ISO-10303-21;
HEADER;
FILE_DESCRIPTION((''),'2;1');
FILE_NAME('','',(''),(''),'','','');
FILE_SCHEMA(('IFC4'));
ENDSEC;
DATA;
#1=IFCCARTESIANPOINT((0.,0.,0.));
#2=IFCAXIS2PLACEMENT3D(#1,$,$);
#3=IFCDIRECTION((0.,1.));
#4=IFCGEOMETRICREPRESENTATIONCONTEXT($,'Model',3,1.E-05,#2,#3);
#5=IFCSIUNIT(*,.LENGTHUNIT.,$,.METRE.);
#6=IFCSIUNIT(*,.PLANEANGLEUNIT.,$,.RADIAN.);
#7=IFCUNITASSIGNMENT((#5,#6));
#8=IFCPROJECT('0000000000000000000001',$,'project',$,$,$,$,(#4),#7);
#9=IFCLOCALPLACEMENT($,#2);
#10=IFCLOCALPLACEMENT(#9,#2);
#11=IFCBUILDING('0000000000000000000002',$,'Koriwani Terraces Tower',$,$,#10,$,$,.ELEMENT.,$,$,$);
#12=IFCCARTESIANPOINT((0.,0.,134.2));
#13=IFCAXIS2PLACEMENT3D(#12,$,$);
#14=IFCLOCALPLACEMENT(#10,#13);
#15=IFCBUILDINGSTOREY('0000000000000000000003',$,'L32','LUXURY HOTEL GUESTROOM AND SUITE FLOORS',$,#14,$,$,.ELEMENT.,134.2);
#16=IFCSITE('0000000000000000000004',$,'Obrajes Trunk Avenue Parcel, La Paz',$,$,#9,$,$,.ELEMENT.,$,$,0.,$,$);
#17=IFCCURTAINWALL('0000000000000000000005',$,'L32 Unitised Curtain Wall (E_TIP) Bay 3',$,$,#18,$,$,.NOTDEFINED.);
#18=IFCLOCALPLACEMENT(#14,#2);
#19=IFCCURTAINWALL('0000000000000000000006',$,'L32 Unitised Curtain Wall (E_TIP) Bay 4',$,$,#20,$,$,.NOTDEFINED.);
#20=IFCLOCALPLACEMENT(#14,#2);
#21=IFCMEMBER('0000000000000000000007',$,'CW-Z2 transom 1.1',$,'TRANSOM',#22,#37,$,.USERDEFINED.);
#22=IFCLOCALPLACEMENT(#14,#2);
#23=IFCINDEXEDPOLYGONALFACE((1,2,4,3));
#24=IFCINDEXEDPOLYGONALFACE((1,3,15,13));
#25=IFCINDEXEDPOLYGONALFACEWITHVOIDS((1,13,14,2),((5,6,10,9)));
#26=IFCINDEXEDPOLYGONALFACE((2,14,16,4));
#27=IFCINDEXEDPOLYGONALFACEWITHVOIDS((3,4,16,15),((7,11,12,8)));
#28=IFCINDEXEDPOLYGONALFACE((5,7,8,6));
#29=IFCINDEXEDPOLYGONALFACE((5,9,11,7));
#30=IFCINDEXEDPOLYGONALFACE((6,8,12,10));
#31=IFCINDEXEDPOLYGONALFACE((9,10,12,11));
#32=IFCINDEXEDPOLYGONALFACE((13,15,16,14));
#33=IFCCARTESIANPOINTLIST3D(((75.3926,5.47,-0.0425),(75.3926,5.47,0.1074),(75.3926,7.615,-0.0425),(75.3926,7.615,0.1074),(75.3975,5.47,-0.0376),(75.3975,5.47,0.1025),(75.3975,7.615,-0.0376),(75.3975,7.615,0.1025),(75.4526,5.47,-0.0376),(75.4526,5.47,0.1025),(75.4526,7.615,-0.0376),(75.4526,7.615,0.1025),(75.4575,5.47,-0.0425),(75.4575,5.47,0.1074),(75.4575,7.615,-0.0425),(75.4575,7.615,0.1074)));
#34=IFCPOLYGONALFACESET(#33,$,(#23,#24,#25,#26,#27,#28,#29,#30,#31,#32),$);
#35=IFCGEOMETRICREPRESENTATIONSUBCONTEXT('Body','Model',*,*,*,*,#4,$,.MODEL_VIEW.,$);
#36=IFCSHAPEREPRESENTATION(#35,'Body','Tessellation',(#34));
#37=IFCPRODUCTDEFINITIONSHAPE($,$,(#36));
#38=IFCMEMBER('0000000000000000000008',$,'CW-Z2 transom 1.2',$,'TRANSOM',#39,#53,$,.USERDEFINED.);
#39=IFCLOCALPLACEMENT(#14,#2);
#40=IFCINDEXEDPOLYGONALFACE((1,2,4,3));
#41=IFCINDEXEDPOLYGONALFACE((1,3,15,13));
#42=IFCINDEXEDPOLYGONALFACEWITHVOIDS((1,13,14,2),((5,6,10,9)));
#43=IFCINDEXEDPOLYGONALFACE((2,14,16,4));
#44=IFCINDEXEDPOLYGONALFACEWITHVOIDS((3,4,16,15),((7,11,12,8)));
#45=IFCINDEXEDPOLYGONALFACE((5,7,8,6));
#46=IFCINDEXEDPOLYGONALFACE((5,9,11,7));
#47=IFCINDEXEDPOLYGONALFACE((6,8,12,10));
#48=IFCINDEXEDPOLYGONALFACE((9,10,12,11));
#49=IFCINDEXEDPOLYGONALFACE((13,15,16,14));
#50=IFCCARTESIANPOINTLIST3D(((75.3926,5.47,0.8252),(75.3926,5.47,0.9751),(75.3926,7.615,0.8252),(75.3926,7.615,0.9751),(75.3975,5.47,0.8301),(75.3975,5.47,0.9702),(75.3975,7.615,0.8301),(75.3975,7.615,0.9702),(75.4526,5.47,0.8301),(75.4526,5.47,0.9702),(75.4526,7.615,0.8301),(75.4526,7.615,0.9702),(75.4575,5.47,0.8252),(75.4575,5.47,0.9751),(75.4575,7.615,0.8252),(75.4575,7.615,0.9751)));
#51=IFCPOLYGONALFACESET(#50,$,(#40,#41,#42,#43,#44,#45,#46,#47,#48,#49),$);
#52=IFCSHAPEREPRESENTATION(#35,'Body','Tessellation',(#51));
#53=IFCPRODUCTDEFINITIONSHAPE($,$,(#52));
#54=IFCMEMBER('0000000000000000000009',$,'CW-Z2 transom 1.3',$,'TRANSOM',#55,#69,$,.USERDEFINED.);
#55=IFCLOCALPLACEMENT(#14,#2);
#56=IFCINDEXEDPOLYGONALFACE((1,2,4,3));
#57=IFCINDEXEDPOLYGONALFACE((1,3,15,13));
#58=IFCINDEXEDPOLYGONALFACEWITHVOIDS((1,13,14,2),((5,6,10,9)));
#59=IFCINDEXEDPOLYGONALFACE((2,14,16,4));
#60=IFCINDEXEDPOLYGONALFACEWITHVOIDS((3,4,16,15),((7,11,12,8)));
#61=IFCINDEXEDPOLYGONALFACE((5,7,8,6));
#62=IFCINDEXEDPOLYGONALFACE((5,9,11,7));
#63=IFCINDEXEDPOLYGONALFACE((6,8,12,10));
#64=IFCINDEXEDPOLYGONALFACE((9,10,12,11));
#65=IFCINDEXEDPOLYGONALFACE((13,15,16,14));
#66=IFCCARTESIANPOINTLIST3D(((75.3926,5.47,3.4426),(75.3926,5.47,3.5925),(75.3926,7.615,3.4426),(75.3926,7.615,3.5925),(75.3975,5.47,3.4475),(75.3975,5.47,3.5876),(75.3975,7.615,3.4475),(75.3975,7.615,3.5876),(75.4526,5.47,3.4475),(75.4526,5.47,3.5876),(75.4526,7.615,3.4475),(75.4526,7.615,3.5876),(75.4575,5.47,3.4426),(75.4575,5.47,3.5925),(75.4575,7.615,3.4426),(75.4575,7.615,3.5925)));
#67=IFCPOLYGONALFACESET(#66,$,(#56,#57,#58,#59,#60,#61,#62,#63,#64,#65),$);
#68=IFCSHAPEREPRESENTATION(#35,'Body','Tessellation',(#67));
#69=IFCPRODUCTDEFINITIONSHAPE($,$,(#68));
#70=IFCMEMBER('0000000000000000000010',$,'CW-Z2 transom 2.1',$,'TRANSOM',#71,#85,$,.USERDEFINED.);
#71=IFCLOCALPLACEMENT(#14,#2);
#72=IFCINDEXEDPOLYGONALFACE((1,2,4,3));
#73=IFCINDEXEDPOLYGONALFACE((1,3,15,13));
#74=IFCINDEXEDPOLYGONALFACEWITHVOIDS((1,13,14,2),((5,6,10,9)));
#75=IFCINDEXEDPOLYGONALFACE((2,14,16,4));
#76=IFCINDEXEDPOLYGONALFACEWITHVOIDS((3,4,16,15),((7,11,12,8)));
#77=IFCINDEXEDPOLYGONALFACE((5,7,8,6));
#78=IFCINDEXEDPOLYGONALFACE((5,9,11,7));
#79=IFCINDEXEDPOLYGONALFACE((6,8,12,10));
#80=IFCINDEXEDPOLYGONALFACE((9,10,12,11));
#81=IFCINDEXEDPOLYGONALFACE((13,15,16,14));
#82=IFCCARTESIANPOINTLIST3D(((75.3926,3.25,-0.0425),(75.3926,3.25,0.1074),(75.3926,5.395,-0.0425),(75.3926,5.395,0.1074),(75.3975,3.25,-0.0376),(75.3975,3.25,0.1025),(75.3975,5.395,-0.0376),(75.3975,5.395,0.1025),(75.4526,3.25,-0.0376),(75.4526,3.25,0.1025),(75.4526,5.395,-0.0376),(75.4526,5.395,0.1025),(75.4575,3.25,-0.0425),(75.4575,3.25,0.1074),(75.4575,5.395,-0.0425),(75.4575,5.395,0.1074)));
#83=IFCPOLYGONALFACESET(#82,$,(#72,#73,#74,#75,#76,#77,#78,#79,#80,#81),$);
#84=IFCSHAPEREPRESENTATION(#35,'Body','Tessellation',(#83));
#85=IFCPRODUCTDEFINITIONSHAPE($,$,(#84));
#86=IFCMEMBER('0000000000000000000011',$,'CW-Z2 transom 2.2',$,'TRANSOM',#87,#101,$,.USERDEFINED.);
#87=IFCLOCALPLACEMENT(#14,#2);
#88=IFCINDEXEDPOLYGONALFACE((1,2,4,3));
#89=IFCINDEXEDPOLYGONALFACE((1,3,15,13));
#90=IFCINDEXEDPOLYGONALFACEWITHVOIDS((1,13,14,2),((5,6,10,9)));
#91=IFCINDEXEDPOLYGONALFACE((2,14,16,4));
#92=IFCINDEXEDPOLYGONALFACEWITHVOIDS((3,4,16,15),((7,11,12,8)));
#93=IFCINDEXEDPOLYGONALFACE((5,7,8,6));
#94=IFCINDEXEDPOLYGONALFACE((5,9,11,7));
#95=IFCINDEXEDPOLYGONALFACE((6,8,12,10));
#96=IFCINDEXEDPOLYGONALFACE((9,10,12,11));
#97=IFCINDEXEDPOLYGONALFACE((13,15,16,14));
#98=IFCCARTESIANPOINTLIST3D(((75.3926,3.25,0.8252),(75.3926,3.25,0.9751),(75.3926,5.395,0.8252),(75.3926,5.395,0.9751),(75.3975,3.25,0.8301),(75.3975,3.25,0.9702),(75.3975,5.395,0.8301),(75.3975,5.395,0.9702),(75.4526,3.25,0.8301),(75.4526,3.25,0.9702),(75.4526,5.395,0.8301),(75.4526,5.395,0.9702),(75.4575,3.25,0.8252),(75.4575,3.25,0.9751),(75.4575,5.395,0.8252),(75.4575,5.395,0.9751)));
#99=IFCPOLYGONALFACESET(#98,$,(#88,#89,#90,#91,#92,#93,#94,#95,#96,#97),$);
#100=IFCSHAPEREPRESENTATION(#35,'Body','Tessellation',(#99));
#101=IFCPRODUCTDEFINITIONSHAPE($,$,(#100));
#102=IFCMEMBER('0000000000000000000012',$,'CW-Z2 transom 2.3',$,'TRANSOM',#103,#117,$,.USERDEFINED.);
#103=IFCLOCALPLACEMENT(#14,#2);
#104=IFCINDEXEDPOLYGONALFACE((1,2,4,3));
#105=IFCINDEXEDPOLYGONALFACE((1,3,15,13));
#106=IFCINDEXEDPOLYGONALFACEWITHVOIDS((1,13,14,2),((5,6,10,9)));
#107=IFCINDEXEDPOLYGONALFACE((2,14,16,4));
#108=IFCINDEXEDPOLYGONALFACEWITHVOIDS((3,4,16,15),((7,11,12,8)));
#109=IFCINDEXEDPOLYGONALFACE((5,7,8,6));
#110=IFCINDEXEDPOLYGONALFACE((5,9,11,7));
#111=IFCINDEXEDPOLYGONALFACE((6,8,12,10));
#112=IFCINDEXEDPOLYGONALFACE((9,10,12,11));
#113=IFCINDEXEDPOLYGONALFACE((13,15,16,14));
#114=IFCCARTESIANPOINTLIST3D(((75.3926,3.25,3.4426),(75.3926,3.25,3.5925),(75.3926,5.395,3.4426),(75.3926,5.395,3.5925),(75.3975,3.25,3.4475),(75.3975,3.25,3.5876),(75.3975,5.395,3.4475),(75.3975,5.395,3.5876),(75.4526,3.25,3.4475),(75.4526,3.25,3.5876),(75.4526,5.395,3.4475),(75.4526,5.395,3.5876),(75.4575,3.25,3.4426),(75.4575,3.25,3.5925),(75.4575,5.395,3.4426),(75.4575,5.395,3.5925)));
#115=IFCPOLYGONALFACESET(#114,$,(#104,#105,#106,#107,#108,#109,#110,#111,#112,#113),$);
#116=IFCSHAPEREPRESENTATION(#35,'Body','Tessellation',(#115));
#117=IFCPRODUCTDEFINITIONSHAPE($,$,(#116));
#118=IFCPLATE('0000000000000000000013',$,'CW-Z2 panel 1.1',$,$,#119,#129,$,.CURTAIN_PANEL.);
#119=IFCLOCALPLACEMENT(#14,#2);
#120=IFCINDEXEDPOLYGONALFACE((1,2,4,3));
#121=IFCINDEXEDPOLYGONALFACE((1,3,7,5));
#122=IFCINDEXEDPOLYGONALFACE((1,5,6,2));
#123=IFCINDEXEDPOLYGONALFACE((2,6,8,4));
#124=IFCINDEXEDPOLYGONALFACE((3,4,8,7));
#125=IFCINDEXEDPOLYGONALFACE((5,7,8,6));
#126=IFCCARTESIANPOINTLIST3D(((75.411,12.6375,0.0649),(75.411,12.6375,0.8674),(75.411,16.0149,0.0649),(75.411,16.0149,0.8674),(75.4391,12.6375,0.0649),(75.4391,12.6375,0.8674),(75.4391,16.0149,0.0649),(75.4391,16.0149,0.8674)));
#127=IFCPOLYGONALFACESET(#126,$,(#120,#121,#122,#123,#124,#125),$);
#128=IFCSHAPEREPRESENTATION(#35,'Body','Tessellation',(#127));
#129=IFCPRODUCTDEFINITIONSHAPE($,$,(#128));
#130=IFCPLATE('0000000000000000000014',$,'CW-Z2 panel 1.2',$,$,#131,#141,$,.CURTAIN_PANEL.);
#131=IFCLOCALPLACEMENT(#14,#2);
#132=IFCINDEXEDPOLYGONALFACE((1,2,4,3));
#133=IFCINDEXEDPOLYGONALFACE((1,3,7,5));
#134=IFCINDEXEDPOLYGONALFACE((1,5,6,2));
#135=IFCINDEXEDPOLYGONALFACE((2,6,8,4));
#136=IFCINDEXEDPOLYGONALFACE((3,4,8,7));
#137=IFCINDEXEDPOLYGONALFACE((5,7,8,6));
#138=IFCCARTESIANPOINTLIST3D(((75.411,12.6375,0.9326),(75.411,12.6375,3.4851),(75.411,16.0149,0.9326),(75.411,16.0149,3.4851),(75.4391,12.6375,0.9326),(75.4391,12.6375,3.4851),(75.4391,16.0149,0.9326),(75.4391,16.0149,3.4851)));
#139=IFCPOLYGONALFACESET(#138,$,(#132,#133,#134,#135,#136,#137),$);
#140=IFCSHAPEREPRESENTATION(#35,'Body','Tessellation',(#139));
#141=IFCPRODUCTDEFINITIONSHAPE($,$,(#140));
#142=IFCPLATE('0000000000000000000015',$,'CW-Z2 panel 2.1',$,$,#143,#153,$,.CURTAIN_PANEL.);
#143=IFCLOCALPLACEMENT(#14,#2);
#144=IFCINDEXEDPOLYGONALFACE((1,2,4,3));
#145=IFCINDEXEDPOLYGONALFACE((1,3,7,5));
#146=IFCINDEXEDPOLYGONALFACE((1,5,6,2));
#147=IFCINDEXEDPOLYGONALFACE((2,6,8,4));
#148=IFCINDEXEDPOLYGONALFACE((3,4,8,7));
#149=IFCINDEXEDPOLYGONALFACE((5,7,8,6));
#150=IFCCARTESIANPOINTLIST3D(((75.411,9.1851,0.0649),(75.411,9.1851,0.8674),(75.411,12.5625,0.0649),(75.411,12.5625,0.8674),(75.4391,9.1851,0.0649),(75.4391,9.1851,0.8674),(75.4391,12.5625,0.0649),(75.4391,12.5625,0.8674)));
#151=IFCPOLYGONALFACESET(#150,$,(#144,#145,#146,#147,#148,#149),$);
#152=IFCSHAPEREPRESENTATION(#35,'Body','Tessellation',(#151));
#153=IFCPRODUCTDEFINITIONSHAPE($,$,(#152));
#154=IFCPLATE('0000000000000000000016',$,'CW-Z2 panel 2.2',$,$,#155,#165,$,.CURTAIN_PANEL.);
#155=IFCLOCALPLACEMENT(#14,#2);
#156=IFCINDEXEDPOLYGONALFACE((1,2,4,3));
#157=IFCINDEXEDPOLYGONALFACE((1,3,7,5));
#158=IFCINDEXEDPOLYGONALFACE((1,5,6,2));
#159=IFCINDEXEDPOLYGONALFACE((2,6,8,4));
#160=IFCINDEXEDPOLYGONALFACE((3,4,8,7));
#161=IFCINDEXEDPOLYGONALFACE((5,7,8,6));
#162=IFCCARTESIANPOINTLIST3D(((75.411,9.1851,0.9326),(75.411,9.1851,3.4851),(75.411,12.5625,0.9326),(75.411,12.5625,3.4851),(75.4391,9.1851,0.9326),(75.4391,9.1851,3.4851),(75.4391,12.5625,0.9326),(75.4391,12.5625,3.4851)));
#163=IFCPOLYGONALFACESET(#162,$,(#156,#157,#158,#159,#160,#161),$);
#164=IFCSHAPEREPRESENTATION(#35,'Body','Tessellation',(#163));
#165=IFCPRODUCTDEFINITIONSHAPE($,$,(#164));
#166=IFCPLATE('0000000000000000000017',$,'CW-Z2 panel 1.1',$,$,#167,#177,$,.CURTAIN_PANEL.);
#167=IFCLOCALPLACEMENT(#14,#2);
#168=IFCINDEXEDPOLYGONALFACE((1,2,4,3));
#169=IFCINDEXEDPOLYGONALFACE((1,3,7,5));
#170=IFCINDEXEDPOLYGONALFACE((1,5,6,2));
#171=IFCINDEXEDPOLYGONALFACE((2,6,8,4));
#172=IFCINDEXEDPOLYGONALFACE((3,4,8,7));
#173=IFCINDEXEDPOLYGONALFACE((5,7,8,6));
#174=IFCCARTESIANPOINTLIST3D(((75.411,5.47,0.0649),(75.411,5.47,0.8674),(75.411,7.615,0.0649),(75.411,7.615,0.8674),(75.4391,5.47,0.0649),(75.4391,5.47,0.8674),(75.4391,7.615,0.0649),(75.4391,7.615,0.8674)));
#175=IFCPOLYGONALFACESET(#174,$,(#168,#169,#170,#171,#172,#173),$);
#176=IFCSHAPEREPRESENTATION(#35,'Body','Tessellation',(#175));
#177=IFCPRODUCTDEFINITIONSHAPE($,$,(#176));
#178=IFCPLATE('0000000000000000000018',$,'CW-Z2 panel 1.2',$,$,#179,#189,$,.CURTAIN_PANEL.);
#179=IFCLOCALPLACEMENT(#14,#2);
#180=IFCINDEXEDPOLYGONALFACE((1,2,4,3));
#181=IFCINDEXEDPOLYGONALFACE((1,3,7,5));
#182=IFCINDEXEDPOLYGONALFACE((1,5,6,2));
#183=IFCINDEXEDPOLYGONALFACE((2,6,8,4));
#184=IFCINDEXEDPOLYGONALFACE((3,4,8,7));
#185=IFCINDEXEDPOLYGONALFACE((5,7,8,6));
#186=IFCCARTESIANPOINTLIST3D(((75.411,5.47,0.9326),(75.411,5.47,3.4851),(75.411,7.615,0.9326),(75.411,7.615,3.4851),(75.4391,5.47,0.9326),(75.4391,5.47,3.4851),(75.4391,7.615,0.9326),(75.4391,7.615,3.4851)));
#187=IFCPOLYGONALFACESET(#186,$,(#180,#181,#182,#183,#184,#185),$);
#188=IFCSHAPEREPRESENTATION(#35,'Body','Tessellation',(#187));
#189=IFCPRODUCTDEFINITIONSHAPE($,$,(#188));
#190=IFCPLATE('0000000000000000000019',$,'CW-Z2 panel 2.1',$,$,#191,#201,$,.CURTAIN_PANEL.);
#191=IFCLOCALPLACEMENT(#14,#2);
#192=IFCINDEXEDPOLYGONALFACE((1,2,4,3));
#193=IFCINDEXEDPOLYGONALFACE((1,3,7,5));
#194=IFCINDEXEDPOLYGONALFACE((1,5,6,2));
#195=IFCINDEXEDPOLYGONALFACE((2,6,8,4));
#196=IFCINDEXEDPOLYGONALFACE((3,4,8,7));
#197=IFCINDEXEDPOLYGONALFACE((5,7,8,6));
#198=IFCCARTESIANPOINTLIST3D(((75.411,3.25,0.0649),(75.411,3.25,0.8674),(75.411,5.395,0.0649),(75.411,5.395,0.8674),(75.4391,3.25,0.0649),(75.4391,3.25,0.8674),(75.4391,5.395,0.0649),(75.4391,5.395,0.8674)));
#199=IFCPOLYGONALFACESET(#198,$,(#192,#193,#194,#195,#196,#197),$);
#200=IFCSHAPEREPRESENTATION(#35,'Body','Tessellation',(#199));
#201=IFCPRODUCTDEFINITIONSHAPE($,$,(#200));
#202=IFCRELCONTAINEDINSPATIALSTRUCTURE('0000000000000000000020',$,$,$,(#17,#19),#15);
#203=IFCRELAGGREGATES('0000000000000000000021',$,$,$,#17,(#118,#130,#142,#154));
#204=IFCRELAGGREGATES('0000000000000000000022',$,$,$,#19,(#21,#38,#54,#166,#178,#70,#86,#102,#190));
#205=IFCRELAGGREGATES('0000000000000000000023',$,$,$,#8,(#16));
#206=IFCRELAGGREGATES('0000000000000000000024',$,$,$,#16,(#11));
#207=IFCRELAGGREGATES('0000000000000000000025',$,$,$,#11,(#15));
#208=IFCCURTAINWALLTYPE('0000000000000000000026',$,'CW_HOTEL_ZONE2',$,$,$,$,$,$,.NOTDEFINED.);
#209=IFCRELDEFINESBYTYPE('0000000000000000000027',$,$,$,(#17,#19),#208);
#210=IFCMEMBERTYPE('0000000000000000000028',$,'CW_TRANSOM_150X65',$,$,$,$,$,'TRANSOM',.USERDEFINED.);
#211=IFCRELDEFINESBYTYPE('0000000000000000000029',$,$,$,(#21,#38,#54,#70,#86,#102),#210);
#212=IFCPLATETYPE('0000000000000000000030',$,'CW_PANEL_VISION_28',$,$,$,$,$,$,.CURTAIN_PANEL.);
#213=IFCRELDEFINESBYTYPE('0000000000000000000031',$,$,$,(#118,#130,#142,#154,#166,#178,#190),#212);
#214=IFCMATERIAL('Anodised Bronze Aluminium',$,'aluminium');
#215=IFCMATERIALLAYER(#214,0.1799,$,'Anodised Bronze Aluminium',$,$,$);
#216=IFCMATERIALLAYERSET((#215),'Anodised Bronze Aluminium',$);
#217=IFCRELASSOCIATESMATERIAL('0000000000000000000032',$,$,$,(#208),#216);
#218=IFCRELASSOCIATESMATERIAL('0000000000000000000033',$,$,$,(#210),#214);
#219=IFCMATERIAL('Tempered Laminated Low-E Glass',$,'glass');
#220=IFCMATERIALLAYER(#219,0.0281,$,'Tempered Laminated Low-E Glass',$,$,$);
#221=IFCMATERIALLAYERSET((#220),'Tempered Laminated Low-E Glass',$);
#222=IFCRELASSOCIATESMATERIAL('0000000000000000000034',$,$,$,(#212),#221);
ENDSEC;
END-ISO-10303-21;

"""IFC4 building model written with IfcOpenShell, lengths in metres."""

from ifc_helpers import new_model, si_unit, direction, frame, origin, origin_2d, place, context, subcontext, project, spatial, rectangle, hollow_rectangle, extrude, material, layer, layer_set, material_profile, profile_set, type_object, element, aggregate, save


model = new_model("IFC4")

# Units and contexts
model_context = context("Model", 3, precision=1e-05, world=origin(), true_north=direction((0.0, 1.0)))
body_context = subcontext(model_context, "Body", "Model", "MODEL_VIEW")
ifc_project = project(units=[si_unit("LENGTHUNIT", "METRE"), si_unit("PLANEANGLEUNIT", "RADIAN")], contexts=[model_context])

# Site, building, storey
site_placement = place(None, origin())
site = spatial("IfcSite", under=ifc_project, at=site_placement, Name="Obrajes Trunk Avenue Parcel, La Paz", CompositionType="ELEMENT", RefElevation=0.0)
building_placement = place(site_placement, origin())
building = spatial("IfcBuilding", under=site, at=building_placement, Name="Koriwani Terraces Tower", CompositionType="ELEMENT")
storey_placement = place(building_placement, frame((0.0, 0.0, 134.2)))
storey = spatial("IfcBuildingStorey", under=building, at=storey_placement, Name="L32", Description="LUXURY HOTEL GUESTROOM AND SUITE FLOORS", CompositionType="ELEMENT", Elevation=134.2)

# Curtain walls
ifc_material_1 = material(Name="Anodised Bronze Aluminium", Category="aluminium")
ifc_layer_1 = layer(ifc_material_1, 0.1799, Name="Anodised Bronze Aluminium")
ifc_layer_set_1 = layer_set([ifc_layer_1], Name="Anodised Bronze Aluminium")
curtain_wall_type = type_object("IfcCurtainWallType", Name="CW_HOTEL_ZONE2", PredefinedType="NOTDEFINED", material=ifc_layer_set_1)
curtain_wall_1_placement = place(storey_placement, origin())
curtain_wall_1 = element("IfcCurtainWall", 1, at=curtain_wall_1_placement, inside=storey, type_object=curtain_wall_type, Name="L32 Unitised Curtain Wall (E_TIP) Bay 3", PredefinedType="NOTDEFINED")
curtain_wall_2_placement = place(storey_placement, origin())
curtain_wall_2 = element("IfcCurtainWall", 2, at=curtain_wall_2_placement, inside=storey, type_object=curtain_wall_type, Name="L32 Unitised Curtain Wall (E_TIP) Bay 4", PredefinedType="NOTDEFINED")

# Members
ifc_material_profile_1 = material_profile(ifc_material_1, hollow_rectangle(XDim=0.0649, YDim=0.1499, WallThickness=0.0049, at=origin_2d()), Name="Anodised Bronze Aluminium", Category="LoadBearing")
ifc_profile_set_1 = profile_set([ifc_material_profile_1], Name="Anodised Bronze Aluminium")
member_type_1 = type_object("IfcMemberType", Name="CW_TRANSOM_150X65", ElementType="TRANSOM", PredefinedType="USERDEFINED", material=ifc_profile_set_1)
member_1_placement = place(storey_placement, frame((75.425, 7.615, 0.0325), z_axis=(0.0, -1.0, 0.0), x_axis=(1.0, 0.0, 0.0)))
member_1 = element("IfcMember", 3, at=member_1_placement, type_object=member_type_1, Name="CW-Z2 transom 1.1", ObjectType="TRANSOM", PredefinedType="USERDEFINED", context=body_context, shape_type="SweptSolid", body=[
    extrude(hollow_rectangle(XDim=0.0649, YDim=0.1499, WallThickness=0.0049, at=origin_2d()), origin(), (0.0, 0.0, 1.0), 2.145),
])
member_2_placement = place(storey_placement, frame((75.425, 7.615, 0.9001), z_axis=(0.0, -1.0, 0.0), x_axis=(1.0, 0.0, 0.0)))
member_2 = element("IfcMember", 4, at=member_2_placement, type_object=member_type_1, Name="CW-Z2 transom 1.2", ObjectType="TRANSOM", PredefinedType="USERDEFINED", context=body_context, shape_type="SweptSolid", body=[
    extrude(hollow_rectangle(XDim=0.0649, YDim=0.1499, WallThickness=0.0049, at=origin_2d()), origin(), (0.0, 0.0, 1.0), 2.145),
])
member_3_placement = place(storey_placement, frame((75.425, 7.615, 3.5176), z_axis=(0.0, -1.0, 0.0), x_axis=(1.0, 0.0, 0.0)))
member_3 = element("IfcMember", 5, at=member_3_placement, type_object=member_type_1, Name="CW-Z2 transom 1.3", ObjectType="TRANSOM", PredefinedType="USERDEFINED", context=body_context, shape_type="SweptSolid", body=[
    extrude(hollow_rectangle(XDim=0.0649, YDim=0.1499, WallThickness=0.0049, at=origin_2d()), origin(), (0.0, 0.0, 1.0), 2.145),
])
member_4_placement = place(storey_placement, frame((75.425, 5.395, 0.0325), z_axis=(0.0, -1.0, 0.0), x_axis=(1.0, 0.0, 0.0)))
member_4 = element("IfcMember", 6, at=member_4_placement, type_object=member_type_1, Name="CW-Z2 transom 2.1", ObjectType="TRANSOM", PredefinedType="USERDEFINED", context=body_context, shape_type="SweptSolid", body=[
    extrude(hollow_rectangle(XDim=0.0649, YDim=0.1499, WallThickness=0.0049, at=origin_2d()), origin(), (0.0, 0.0, 1.0), 2.145),
])
member_5_placement = place(storey_placement, frame((75.425, 5.395, 0.9001), z_axis=(0.0, -1.0, 0.0), x_axis=(1.0, 0.0, 0.0)))
member_5 = element("IfcMember", 7, at=member_5_placement, type_object=member_type_1, Name="CW-Z2 transom 2.2", ObjectType="TRANSOM", PredefinedType="USERDEFINED", context=body_context, shape_type="SweptSolid", body=[
    extrude(hollow_rectangle(XDim=0.0649, YDim=0.1499, WallThickness=0.0049, at=origin_2d()), origin(), (0.0, 0.0, 1.0), 2.145),
])
member_6_placement = place(storey_placement, frame((75.425, 5.395, 3.5176), z_axis=(0.0, -1.0, 0.0), x_axis=(1.0, 0.0, 0.0)))
member_6 = element("IfcMember", 8, at=member_6_placement, type_object=member_type_1, Name="CW-Z2 transom 2.3", ObjectType="TRANSOM", PredefinedType="USERDEFINED", context=body_context, shape_type="SweptSolid", body=[
    extrude(hollow_rectangle(XDim=0.0649, YDim=0.1499, WallThickness=0.0049, at=origin_2d()), origin(), (0.0, 0.0, 1.0), 2.145),
])

# Plates
ifc_material_2 = material(Name="Tempered Laminated Low-E Glass", Category="glass")
ifc_layer_2 = layer(ifc_material_2, 0.0281, Name="Tempered Laminated Low-E Glass")
ifc_layer_set_2 = layer_set([ifc_layer_2], Name="Tempered Laminated Low-E Glass")
plate_type = type_object("IfcPlateType", Name="CW_PANEL_VISION_28", PredefinedType="CURTAIN_PANEL", material=ifc_layer_set_2)
plate_1_placement = place(storey_placement, frame((75.425, 14.3262, 0.0649), z_axis=(0.0, 0.0, 1.0), x_axis=(0.0, -1.0, 0.0)))
plate_1 = element("IfcPlate", 9, at=plate_1_placement, type_object=plate_type, Name="CW-Z2 panel 1.1", PredefinedType="CURTAIN_PANEL", context=body_context, shape_type="SweptSolid", body=[
    extrude(rectangle(XDim=3.3774, YDim=0.0281, at=origin_2d()), origin(), (0.0, 0.0, 1.0), 0.8025),
])
plate_2_placement = place(storey_placement, frame((75.425, 14.3262, 0.9326), z_axis=(0.0, 0.0, 1.0), x_axis=(0.0, -1.0, 0.0)))
plate_2 = element("IfcPlate", 10, at=plate_2_placement, type_object=plate_type, Name="CW-Z2 panel 1.2", PredefinedType="CURTAIN_PANEL", context=body_context, shape_type="SweptSolid", body=[
    extrude(rectangle(XDim=3.3774, YDim=0.0281, at=origin_2d()), origin(), (0.0, 0.0, 1.0), 2.5525),
])
plate_3_placement = place(storey_placement, frame((75.425, 10.8738, 0.0649), z_axis=(0.0, 0.0, 1.0), x_axis=(0.0, -1.0, 0.0)))
plate_3 = element("IfcPlate", 11, at=plate_3_placement, type_object=plate_type, Name="CW-Z2 panel 2.1", PredefinedType="CURTAIN_PANEL", context=body_context, shape_type="SweptSolid", body=[
    extrude(rectangle(XDim=3.3774, YDim=0.0281, at=origin_2d()), origin(), (0.0, 0.0, 1.0), 0.8025),
])
plate_4_placement = place(storey_placement, frame((75.425, 10.8738, 0.9326), z_axis=(0.0, 0.0, 1.0), x_axis=(0.0, -1.0, 0.0)))
plate_4 = element("IfcPlate", 12, at=plate_4_placement, type_object=plate_type, Name="CW-Z2 panel 2.2", PredefinedType="CURTAIN_PANEL", context=body_context, shape_type="SweptSolid", body=[
    extrude(rectangle(XDim=3.3774, YDim=0.0281, at=origin_2d()), origin(), (0.0, 0.0, 1.0), 2.5525),
])
aggregate(curtain_wall_1, [plate_1, plate_2, plate_3, plate_4])
plate_5_placement = place(storey_placement, frame((75.425, 6.5425, 0.0649), z_axis=(0.0, 0.0, 1.0), x_axis=(0.0, -1.0, 0.0)))
plate_5 = element("IfcPlate", 13, at=plate_5_placement, type_object=plate_type, Name="CW-Z2 panel 1.1", PredefinedType="CURTAIN_PANEL", context=body_context, shape_type="SweptSolid", body=[
    extrude(rectangle(XDim=2.145, YDim=0.0281, at=origin_2d()), origin(), (0.0, 0.0, 1.0), 0.8025),
])
plate_6_placement = place(storey_placement, frame((75.425, 6.5425, 0.9326), z_axis=(0.0, 0.0, 1.0), x_axis=(0.0, -1.0, 0.0)))
plate_6 = element("IfcPlate", 14, at=plate_6_placement, type_object=plate_type, Name="CW-Z2 panel 1.2", PredefinedType="CURTAIN_PANEL", context=body_context, shape_type="SweptSolid", body=[
    extrude(rectangle(XDim=2.145, YDim=0.0281, at=origin_2d()), origin(), (0.0, 0.0, 1.0), 2.5525),
])
plate_7_placement = place(storey_placement, frame((75.425, 4.3225, 0.0649), z_axis=(0.0, 0.0, 1.0), x_axis=(0.0, -1.0, 0.0)))
plate_7 = element("IfcPlate", 15, at=plate_7_placement, type_object=plate_type, Name="CW-Z2 panel 2.1", PredefinedType="CURTAIN_PANEL", context=body_context, shape_type="SweptSolid", body=[
    extrude(rectangle(XDim=2.145, YDim=0.0281, at=origin_2d()), origin(), (0.0, 0.0, 1.0), 0.8025),
])
aggregate(curtain_wall_2, [member_1, member_2, member_3, plate_5, plate_6, member_4, member_5, member_6, plate_7])

save(model, "model.ifc")
